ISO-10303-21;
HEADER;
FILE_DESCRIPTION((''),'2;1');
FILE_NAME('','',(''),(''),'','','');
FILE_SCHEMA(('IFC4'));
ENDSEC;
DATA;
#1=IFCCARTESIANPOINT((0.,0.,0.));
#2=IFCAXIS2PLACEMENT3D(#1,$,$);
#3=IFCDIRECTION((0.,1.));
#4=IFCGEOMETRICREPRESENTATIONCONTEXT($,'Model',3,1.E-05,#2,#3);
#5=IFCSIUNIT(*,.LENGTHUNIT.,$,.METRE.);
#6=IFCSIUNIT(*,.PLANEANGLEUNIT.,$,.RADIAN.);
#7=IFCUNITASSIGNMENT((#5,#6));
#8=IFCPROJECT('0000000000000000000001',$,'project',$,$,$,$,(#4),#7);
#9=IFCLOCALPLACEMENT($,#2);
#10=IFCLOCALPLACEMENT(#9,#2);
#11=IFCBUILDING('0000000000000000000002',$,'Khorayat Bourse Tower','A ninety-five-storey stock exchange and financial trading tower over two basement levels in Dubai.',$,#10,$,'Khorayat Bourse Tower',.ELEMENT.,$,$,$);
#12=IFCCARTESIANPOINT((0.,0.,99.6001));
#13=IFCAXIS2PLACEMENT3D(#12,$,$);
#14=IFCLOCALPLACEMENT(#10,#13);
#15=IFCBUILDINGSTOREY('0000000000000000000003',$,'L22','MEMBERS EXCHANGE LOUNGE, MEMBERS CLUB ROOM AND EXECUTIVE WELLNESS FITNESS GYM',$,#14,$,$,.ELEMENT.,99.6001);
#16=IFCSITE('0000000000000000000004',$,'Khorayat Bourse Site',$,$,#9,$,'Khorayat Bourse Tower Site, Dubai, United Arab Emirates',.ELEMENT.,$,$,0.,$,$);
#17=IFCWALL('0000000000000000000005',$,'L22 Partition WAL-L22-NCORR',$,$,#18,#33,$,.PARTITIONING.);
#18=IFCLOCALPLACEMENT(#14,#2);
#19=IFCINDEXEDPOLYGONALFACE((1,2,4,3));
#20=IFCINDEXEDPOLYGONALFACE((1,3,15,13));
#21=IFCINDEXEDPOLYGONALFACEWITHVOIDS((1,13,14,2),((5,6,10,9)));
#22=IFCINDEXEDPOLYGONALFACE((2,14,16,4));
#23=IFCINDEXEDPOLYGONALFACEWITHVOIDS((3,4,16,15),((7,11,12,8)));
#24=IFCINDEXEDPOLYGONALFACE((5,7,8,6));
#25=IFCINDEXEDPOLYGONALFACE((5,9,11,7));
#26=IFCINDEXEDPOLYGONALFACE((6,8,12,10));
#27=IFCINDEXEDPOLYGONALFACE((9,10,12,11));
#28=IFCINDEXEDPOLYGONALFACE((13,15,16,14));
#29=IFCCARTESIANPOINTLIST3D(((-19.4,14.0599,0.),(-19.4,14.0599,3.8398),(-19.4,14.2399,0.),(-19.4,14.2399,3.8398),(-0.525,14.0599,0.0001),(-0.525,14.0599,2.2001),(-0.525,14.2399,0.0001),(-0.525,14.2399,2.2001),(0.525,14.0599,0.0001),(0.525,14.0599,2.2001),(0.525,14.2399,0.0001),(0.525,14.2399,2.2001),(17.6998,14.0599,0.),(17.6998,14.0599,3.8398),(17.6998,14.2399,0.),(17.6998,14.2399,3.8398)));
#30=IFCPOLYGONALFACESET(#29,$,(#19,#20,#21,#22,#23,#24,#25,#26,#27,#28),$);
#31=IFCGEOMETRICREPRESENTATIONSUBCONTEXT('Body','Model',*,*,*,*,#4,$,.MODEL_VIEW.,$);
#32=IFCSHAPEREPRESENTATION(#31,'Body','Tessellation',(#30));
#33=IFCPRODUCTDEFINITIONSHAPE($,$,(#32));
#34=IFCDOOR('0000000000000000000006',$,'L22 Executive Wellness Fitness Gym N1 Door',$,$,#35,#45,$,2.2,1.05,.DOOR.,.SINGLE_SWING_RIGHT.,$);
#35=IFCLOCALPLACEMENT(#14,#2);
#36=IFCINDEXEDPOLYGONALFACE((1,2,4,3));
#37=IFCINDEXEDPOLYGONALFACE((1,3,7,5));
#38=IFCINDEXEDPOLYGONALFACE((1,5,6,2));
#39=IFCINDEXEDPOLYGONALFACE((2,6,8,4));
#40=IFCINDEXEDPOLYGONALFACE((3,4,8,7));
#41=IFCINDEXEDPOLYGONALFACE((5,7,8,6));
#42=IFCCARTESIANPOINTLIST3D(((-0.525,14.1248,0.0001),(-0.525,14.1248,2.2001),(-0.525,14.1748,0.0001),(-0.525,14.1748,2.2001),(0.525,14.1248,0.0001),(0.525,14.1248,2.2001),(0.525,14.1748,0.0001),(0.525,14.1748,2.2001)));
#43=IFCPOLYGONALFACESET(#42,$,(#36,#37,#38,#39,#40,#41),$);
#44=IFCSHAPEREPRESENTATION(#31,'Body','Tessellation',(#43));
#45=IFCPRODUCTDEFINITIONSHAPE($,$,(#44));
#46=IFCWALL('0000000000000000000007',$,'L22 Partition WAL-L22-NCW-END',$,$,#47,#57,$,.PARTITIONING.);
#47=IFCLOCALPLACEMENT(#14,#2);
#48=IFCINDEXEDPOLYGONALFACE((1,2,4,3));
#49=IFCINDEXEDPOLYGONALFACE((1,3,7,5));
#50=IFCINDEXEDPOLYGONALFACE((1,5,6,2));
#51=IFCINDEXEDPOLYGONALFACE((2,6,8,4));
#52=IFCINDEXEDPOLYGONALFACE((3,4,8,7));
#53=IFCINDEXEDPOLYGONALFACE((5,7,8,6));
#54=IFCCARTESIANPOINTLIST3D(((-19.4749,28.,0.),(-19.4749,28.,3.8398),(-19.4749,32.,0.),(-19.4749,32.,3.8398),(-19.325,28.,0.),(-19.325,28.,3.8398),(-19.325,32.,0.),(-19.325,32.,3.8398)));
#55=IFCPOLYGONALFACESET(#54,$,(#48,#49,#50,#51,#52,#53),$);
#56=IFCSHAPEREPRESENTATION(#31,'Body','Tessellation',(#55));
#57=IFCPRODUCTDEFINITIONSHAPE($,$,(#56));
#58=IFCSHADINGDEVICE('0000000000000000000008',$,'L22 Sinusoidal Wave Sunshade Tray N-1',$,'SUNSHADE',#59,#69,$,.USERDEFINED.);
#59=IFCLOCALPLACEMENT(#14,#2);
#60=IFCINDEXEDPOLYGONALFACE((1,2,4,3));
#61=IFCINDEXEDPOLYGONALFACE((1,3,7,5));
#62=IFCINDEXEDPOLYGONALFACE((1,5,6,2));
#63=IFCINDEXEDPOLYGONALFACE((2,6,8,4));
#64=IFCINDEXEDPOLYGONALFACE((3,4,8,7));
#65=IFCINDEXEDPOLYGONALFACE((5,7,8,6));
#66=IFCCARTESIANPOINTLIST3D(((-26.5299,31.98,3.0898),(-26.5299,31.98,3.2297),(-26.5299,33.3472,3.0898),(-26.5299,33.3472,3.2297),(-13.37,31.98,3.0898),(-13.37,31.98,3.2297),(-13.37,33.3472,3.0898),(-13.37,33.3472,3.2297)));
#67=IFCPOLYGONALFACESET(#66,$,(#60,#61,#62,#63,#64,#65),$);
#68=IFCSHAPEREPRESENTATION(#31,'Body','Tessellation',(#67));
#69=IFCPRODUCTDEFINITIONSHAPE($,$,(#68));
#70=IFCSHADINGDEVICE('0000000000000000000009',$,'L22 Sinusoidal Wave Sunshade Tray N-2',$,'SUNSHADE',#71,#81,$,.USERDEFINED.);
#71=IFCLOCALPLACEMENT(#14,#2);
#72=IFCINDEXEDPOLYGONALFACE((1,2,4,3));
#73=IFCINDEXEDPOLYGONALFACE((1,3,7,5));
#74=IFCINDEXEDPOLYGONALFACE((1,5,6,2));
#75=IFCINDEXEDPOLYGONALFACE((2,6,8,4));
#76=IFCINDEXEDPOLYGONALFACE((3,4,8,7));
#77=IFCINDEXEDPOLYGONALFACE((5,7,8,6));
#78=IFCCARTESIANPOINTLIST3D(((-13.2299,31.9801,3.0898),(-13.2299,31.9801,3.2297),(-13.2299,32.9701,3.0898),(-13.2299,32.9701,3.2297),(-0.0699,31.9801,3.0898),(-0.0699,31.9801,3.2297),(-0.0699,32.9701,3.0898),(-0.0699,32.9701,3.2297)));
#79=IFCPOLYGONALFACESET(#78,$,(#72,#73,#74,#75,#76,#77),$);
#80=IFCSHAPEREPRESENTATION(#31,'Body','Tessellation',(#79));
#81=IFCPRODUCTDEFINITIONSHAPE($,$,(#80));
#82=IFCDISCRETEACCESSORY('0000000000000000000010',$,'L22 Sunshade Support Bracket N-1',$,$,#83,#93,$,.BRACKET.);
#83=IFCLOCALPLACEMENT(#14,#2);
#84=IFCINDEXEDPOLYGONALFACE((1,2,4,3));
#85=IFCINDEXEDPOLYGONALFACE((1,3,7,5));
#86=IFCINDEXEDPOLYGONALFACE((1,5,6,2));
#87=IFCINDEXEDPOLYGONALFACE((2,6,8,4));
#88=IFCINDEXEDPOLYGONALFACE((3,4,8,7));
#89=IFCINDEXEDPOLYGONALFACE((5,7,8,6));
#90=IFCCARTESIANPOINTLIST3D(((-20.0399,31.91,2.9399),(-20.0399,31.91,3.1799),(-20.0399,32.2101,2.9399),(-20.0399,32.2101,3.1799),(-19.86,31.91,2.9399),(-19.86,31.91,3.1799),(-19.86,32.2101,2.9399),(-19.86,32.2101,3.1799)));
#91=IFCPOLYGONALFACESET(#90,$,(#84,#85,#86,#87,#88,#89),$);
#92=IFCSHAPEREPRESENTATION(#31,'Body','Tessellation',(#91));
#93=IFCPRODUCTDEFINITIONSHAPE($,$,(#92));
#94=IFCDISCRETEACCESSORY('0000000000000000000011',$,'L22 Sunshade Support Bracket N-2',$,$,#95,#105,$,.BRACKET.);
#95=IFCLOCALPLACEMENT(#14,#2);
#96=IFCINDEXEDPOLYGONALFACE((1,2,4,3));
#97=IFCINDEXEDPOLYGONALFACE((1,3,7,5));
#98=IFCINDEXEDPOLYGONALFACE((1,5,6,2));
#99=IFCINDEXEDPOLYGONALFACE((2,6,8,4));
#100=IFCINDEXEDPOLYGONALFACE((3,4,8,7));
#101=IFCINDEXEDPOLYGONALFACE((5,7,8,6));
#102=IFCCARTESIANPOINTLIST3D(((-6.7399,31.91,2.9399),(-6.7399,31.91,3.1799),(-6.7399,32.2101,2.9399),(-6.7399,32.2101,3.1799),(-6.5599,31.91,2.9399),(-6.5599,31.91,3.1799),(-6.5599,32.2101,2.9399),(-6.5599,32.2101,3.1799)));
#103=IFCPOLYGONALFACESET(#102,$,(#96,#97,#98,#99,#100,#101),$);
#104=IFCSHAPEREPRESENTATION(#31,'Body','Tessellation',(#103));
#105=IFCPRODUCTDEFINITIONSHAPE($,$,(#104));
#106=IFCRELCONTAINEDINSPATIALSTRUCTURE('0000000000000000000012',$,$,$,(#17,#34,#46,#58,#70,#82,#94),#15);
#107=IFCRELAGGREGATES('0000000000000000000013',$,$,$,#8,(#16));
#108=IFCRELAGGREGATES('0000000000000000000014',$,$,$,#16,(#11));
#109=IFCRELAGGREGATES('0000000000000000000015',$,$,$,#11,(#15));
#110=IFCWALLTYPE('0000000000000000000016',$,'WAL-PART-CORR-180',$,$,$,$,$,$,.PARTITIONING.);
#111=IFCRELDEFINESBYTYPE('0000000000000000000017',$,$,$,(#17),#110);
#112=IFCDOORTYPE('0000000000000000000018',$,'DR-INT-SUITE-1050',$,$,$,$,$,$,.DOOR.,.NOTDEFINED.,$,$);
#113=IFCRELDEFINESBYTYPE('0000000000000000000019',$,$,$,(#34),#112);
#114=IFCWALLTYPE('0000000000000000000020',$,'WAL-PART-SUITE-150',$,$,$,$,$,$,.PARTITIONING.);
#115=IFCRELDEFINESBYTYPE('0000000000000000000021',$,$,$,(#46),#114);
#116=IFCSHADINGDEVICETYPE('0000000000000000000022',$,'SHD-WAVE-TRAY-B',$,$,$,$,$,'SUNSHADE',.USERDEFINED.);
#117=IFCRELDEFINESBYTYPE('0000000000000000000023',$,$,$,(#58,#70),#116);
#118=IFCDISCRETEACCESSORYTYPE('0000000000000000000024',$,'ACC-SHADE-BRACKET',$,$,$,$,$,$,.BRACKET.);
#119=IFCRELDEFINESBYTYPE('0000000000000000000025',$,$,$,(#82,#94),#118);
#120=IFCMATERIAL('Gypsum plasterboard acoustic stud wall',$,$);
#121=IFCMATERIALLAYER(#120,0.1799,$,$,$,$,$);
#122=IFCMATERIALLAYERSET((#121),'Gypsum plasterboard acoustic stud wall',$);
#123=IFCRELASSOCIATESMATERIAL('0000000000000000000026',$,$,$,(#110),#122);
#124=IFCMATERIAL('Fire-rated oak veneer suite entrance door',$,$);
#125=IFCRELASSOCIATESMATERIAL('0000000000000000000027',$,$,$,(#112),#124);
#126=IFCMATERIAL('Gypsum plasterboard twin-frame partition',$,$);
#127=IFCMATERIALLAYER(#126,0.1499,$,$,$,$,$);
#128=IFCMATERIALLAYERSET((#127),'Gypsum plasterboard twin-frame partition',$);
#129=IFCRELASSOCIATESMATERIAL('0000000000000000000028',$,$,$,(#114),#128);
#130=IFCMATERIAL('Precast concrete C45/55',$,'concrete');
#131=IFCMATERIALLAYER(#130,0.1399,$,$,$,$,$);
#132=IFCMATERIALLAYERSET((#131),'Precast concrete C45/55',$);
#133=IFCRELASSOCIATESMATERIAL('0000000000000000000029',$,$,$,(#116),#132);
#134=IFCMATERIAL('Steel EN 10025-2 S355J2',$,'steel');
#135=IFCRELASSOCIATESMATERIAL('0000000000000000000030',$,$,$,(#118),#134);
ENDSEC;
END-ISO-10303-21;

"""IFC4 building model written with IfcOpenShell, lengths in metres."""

from ifc_helpers import new_model, si_unit, direction, frame, frame_2d, origin, origin_2d, place, context, subcontext, project, spatial, rectangle, extrude, source, transform, mapped, material, layer, layer_set, type_object, element, fill, save


model = new_model("IFC4")

# Units and contexts
model_context = context("Model", 3, precision=1e-05, world=origin(), true_north=direction((0.0, 1.0)))
body_context = subcontext(model_context, "Body", "Model", "MODEL_VIEW")
ifc_project = project(units=[si_unit("LENGTHUNIT", "METRE"), si_unit("PLANEANGLEUNIT", "RADIAN")], contexts=[model_context])

# Site, building, storey
site_placement = place(None, origin())
site = spatial("IfcSite", under=ifc_project, at=site_placement, Name="Khorayat Bourse Site", LongName="Khorayat Bourse Tower Site, Dubai, United Arab Emirates", CompositionType="ELEMENT", RefElevation=0.0)
building_placement = place(site_placement, origin())
building = spatial("IfcBuilding", under=site, at=building_placement, Name="Khorayat Bourse Tower", Description="A ninety-five-storey stock exchange and financial trading tower over two basement levels in Dubai.", LongName="Khorayat Bourse Tower", CompositionType="ELEMENT")
storey_placement = place(building_placement, frame((0.0, 0.0, 99.6001)))
storey = spatial("IfcBuildingStorey", under=building, at=storey_placement, Name="L22", Description="MEMBERS EXCHANGE LOUNGE, MEMBERS CLUB ROOM AND EXECUTIVE WELLNESS FITNESS GYM", CompositionType="ELEMENT", Elevation=99.6001)

# Shared definitions
ifc_material_1 = material(Name="Steel EN 10025-2 S355J2", Category="steel")

# Wall, opening, door
ifc_material_2 = material(Name="Gypsum plasterboard acoustic stud wall")
ifc_layer_1 = layer(ifc_material_2, 0.1799)
ifc_layer_set_1 = layer_set([ifc_layer_1], Name="Gypsum plasterboard acoustic stud wall")
wall_type_1 = type_object("IfcWallType", Name="WAL-PART-CORR-180", PredefinedType="PARTITIONING", material=ifc_layer_set_1)
shared_shape_1 = source(origin(), body_context, "Body", "SweptSolid", [
    extrude(rectangle(XDim=37.0999, YDim=0.1799, at=frame_2d((18.5498, 0.0))), origin(), (0.0, 0.0, 1.0), 3.8398),
])
wall_1_placement = place(storey_placement, frame((-19.3999, 14.1499, 0.0), z_axis=(0.0, 0.0, 1.0), x_axis=(1.0, 0.0, 0.0)))
wall_1 = element("IfcWall", 1, at=wall_1_placement, inside=storey, type_object=wall_type_1, Name="L22 Partition WAL-L22-NCORR", PredefinedType="PARTITIONING", context=body_context, shape_type="MappedRepresentation", body=[
    mapped(shared_shape_1, transform((0.0, 0.0, 0.0), scale=1.0)),
])
shared_shape_2 = source(origin(), body_context, "Body", "SweptSolid", [
    extrude(rectangle(XDim=1.05, YDim=2.2, at=frame_2d((0.5249, 1.1001))), frame((0.0, 0.0999, 0.0), z_axis=(0.0, -1.0, 0.0), x_axis=(1.0, 0.0, 0.0)), (0.0, 0.0, 1.0), 0.2),
])
opening_1_placement = place(wall_1_placement, frame((18.875, 0.0, 0.0)))
opening_1 = element("IfcOpeningElement", 2, at=opening_1_placement, cuts=wall_1, PredefinedType="OPENING", context=body_context, shape_type="MappedRepresentation", body=[
    mapped(shared_shape_2, transform((0.0, 0.0, 0.0), scale=1.0)),
])
ifc_material_3 = material(Name="Fire-rated oak veneer suite entrance door")
door_type_1 = type_object("IfcDoorType", Name="DR-INT-SUITE-1050", OperationType="NOTDEFINED", PredefinedType="DOOR", material=ifc_material_3)
shared_shape_3 = source(origin(), body_context, "Body", "SweptSolid", [
    extrude(rectangle(XDim=1.05, YDim=2.2, at=frame_2d((0.5249, 1.1001))), frame((0.0, 0.0249, 0.0), z_axis=(0.0, -1.0, 0.0), x_axis=(1.0, 0.0, 0.0)), (0.0, 0.0, 1.0), 0.05),
])
door_1_placement = place(opening_1_placement, origin())
door_1 = element("IfcDoor", 3, at=door_1_placement, inside=storey, type_object=door_type_1, Name="L22 Executive Wellness Fitness Gym N1 Door", OperationType="SINGLE_SWING_RIGHT", OverallHeight=2.2, OverallWidth=1.05, PredefinedType="DOOR", context=body_context, shape_type="MappedRepresentation", body=[
    mapped(shared_shape_3, transform((0.0, 0.0, 0.0), scale=1.0)),
])
fill(opening_1, door_1)

# Wall
ifc_material_4 = material(Name="Gypsum plasterboard twin-frame partition")
ifc_layer_2 = layer(ifc_material_4, 0.1499)
ifc_layer_set_2 = layer_set([ifc_layer_2], Name="Gypsum plasterboard twin-frame partition")
wall_type_2 = type_object("IfcWallType", Name="WAL-PART-SUITE-150", PredefinedType="PARTITIONING", material=ifc_layer_set_2)
shared_shape_4 = source(origin(), body_context, "Body", "SweptSolid", [
    extrude(rectangle(XDim=4.0, YDim=0.1499, at=frame_2d((2.0, 0.0))), origin(), (0.0, 0.0, 1.0), 3.8398),
])
wall_2_placement = place(storey_placement, frame((-19.3999, 28.0, 0.0), z_axis=(0.0, 0.0, 1.0), x_axis=(0.0, 1.0, 0.0)))
element("IfcWall", 4, at=wall_2_placement, inside=storey, type_object=wall_type_2, Name="L22 Partition WAL-L22-NCW-END", PredefinedType="PARTITIONING", context=body_context, shape_type="MappedRepresentation", body=[
    mapped(shared_shape_4, transform((0.0, 0.0, 0.0), scale=1.0)),
])

# Shading devices
ifc_material_5 = material(Name="Precast concrete C45/55", Category="concrete")
ifc_layer_3 = layer(ifc_material_5, 0.1399)
ifc_layer_set_3 = layer_set([ifc_layer_3], Name="Precast concrete C45/55")
shading_device_type = type_object("IfcShadingDeviceType", Name="SHD-WAVE-TRAY-B", ElementType="SUNSHADE", PredefinedType="USERDEFINED", material=ifc_layer_set_3)
shared_shape_5 = source(origin(), body_context, "Body", "SweptSolid", [
    extrude(rectangle(XDim=13.1599, YDim=1.3672, at=origin_2d()), origin(), (0.0, 0.0, 1.0), 0.1399),
])
shading_device_1_placement = place(storey_placement, frame((-19.95, 32.6636, 3.0898), z_axis=(0.0, 0.0, 1.0), x_axis=(1.0, 0.0, 0.0)))
element("IfcShadingDevice", 5, at=shading_device_1_placement, inside=storey, type_object=shading_device_type, Name="L22 Sinusoidal Wave Sunshade Tray N-1", ObjectType="SUNSHADE", PredefinedType="USERDEFINED", context=body_context, shape_type="MappedRepresentation", body=[
    mapped(shared_shape_5, transform((0.0, 0.0, 0.0), scale=1.0)),
])
shared_shape_6 = source(origin(), body_context, "Body", "SweptSolid", [
    extrude(rectangle(XDim=13.1599, YDim=0.99, at=origin_2d()), origin(), (0.0, 0.0, 1.0), 0.1399),
])
shading_device_2_placement = place(storey_placement, frame((-6.6499, 32.4751, 3.0898), z_axis=(0.0, 0.0, 1.0), x_axis=(1.0, 0.0, 0.0)))
element("IfcShadingDevice", 6, at=shading_device_2_placement, inside=storey, type_object=shading_device_type, Name="L22 Sinusoidal Wave Sunshade Tray N-2", ObjectType="SUNSHADE", PredefinedType="USERDEFINED", context=body_context, shape_type="MappedRepresentation", body=[
    mapped(shared_shape_6, transform((0.0, 0.0, 0.0), scale=1.0)),
])

# Discrete accessories
discrete_accessory_type = type_object("IfcDiscreteAccessoryType", Name="ACC-SHADE-BRACKET", PredefinedType="BRACKET", material=ifc_material_1)
shared_shape_7 = source(origin(), body_context, "Body", "SweptSolid", [
    extrude(rectangle(XDim=0.1799, YDim=0.3, at=origin_2d()), origin(), (0.0, 0.0, 1.0), 0.24),
])
for number, where, z_axis, x_axis, name in (
    (7, (-19.95, 32.0601, 2.9399), (0.0, 0.0, 1.0), (1.0, 0.0, 0.0), "L22 Sunshade Support Bracket N-1"),
    (8, (-6.6499, 32.0601, 2.9399), (0.0, 0.0, 1.0), (1.0, 0.0, 0.0), "L22 Sunshade Support Bracket N-2"),
):
    element("IfcDiscreteAccessory", number, at=place(storey_placement, frame(where, z_axis=z_axis, x_axis=x_axis)), inside=storey, type_object=discrete_accessory_type, Name=name, PredefinedType="BRACKET", context=body_context, shape_type="MappedRepresentation", body=[
        mapped(shared_shape_7, transform((0.0, 0.0, 0.0), scale=1.0)),
    ])

save(model, "model.ifc")
